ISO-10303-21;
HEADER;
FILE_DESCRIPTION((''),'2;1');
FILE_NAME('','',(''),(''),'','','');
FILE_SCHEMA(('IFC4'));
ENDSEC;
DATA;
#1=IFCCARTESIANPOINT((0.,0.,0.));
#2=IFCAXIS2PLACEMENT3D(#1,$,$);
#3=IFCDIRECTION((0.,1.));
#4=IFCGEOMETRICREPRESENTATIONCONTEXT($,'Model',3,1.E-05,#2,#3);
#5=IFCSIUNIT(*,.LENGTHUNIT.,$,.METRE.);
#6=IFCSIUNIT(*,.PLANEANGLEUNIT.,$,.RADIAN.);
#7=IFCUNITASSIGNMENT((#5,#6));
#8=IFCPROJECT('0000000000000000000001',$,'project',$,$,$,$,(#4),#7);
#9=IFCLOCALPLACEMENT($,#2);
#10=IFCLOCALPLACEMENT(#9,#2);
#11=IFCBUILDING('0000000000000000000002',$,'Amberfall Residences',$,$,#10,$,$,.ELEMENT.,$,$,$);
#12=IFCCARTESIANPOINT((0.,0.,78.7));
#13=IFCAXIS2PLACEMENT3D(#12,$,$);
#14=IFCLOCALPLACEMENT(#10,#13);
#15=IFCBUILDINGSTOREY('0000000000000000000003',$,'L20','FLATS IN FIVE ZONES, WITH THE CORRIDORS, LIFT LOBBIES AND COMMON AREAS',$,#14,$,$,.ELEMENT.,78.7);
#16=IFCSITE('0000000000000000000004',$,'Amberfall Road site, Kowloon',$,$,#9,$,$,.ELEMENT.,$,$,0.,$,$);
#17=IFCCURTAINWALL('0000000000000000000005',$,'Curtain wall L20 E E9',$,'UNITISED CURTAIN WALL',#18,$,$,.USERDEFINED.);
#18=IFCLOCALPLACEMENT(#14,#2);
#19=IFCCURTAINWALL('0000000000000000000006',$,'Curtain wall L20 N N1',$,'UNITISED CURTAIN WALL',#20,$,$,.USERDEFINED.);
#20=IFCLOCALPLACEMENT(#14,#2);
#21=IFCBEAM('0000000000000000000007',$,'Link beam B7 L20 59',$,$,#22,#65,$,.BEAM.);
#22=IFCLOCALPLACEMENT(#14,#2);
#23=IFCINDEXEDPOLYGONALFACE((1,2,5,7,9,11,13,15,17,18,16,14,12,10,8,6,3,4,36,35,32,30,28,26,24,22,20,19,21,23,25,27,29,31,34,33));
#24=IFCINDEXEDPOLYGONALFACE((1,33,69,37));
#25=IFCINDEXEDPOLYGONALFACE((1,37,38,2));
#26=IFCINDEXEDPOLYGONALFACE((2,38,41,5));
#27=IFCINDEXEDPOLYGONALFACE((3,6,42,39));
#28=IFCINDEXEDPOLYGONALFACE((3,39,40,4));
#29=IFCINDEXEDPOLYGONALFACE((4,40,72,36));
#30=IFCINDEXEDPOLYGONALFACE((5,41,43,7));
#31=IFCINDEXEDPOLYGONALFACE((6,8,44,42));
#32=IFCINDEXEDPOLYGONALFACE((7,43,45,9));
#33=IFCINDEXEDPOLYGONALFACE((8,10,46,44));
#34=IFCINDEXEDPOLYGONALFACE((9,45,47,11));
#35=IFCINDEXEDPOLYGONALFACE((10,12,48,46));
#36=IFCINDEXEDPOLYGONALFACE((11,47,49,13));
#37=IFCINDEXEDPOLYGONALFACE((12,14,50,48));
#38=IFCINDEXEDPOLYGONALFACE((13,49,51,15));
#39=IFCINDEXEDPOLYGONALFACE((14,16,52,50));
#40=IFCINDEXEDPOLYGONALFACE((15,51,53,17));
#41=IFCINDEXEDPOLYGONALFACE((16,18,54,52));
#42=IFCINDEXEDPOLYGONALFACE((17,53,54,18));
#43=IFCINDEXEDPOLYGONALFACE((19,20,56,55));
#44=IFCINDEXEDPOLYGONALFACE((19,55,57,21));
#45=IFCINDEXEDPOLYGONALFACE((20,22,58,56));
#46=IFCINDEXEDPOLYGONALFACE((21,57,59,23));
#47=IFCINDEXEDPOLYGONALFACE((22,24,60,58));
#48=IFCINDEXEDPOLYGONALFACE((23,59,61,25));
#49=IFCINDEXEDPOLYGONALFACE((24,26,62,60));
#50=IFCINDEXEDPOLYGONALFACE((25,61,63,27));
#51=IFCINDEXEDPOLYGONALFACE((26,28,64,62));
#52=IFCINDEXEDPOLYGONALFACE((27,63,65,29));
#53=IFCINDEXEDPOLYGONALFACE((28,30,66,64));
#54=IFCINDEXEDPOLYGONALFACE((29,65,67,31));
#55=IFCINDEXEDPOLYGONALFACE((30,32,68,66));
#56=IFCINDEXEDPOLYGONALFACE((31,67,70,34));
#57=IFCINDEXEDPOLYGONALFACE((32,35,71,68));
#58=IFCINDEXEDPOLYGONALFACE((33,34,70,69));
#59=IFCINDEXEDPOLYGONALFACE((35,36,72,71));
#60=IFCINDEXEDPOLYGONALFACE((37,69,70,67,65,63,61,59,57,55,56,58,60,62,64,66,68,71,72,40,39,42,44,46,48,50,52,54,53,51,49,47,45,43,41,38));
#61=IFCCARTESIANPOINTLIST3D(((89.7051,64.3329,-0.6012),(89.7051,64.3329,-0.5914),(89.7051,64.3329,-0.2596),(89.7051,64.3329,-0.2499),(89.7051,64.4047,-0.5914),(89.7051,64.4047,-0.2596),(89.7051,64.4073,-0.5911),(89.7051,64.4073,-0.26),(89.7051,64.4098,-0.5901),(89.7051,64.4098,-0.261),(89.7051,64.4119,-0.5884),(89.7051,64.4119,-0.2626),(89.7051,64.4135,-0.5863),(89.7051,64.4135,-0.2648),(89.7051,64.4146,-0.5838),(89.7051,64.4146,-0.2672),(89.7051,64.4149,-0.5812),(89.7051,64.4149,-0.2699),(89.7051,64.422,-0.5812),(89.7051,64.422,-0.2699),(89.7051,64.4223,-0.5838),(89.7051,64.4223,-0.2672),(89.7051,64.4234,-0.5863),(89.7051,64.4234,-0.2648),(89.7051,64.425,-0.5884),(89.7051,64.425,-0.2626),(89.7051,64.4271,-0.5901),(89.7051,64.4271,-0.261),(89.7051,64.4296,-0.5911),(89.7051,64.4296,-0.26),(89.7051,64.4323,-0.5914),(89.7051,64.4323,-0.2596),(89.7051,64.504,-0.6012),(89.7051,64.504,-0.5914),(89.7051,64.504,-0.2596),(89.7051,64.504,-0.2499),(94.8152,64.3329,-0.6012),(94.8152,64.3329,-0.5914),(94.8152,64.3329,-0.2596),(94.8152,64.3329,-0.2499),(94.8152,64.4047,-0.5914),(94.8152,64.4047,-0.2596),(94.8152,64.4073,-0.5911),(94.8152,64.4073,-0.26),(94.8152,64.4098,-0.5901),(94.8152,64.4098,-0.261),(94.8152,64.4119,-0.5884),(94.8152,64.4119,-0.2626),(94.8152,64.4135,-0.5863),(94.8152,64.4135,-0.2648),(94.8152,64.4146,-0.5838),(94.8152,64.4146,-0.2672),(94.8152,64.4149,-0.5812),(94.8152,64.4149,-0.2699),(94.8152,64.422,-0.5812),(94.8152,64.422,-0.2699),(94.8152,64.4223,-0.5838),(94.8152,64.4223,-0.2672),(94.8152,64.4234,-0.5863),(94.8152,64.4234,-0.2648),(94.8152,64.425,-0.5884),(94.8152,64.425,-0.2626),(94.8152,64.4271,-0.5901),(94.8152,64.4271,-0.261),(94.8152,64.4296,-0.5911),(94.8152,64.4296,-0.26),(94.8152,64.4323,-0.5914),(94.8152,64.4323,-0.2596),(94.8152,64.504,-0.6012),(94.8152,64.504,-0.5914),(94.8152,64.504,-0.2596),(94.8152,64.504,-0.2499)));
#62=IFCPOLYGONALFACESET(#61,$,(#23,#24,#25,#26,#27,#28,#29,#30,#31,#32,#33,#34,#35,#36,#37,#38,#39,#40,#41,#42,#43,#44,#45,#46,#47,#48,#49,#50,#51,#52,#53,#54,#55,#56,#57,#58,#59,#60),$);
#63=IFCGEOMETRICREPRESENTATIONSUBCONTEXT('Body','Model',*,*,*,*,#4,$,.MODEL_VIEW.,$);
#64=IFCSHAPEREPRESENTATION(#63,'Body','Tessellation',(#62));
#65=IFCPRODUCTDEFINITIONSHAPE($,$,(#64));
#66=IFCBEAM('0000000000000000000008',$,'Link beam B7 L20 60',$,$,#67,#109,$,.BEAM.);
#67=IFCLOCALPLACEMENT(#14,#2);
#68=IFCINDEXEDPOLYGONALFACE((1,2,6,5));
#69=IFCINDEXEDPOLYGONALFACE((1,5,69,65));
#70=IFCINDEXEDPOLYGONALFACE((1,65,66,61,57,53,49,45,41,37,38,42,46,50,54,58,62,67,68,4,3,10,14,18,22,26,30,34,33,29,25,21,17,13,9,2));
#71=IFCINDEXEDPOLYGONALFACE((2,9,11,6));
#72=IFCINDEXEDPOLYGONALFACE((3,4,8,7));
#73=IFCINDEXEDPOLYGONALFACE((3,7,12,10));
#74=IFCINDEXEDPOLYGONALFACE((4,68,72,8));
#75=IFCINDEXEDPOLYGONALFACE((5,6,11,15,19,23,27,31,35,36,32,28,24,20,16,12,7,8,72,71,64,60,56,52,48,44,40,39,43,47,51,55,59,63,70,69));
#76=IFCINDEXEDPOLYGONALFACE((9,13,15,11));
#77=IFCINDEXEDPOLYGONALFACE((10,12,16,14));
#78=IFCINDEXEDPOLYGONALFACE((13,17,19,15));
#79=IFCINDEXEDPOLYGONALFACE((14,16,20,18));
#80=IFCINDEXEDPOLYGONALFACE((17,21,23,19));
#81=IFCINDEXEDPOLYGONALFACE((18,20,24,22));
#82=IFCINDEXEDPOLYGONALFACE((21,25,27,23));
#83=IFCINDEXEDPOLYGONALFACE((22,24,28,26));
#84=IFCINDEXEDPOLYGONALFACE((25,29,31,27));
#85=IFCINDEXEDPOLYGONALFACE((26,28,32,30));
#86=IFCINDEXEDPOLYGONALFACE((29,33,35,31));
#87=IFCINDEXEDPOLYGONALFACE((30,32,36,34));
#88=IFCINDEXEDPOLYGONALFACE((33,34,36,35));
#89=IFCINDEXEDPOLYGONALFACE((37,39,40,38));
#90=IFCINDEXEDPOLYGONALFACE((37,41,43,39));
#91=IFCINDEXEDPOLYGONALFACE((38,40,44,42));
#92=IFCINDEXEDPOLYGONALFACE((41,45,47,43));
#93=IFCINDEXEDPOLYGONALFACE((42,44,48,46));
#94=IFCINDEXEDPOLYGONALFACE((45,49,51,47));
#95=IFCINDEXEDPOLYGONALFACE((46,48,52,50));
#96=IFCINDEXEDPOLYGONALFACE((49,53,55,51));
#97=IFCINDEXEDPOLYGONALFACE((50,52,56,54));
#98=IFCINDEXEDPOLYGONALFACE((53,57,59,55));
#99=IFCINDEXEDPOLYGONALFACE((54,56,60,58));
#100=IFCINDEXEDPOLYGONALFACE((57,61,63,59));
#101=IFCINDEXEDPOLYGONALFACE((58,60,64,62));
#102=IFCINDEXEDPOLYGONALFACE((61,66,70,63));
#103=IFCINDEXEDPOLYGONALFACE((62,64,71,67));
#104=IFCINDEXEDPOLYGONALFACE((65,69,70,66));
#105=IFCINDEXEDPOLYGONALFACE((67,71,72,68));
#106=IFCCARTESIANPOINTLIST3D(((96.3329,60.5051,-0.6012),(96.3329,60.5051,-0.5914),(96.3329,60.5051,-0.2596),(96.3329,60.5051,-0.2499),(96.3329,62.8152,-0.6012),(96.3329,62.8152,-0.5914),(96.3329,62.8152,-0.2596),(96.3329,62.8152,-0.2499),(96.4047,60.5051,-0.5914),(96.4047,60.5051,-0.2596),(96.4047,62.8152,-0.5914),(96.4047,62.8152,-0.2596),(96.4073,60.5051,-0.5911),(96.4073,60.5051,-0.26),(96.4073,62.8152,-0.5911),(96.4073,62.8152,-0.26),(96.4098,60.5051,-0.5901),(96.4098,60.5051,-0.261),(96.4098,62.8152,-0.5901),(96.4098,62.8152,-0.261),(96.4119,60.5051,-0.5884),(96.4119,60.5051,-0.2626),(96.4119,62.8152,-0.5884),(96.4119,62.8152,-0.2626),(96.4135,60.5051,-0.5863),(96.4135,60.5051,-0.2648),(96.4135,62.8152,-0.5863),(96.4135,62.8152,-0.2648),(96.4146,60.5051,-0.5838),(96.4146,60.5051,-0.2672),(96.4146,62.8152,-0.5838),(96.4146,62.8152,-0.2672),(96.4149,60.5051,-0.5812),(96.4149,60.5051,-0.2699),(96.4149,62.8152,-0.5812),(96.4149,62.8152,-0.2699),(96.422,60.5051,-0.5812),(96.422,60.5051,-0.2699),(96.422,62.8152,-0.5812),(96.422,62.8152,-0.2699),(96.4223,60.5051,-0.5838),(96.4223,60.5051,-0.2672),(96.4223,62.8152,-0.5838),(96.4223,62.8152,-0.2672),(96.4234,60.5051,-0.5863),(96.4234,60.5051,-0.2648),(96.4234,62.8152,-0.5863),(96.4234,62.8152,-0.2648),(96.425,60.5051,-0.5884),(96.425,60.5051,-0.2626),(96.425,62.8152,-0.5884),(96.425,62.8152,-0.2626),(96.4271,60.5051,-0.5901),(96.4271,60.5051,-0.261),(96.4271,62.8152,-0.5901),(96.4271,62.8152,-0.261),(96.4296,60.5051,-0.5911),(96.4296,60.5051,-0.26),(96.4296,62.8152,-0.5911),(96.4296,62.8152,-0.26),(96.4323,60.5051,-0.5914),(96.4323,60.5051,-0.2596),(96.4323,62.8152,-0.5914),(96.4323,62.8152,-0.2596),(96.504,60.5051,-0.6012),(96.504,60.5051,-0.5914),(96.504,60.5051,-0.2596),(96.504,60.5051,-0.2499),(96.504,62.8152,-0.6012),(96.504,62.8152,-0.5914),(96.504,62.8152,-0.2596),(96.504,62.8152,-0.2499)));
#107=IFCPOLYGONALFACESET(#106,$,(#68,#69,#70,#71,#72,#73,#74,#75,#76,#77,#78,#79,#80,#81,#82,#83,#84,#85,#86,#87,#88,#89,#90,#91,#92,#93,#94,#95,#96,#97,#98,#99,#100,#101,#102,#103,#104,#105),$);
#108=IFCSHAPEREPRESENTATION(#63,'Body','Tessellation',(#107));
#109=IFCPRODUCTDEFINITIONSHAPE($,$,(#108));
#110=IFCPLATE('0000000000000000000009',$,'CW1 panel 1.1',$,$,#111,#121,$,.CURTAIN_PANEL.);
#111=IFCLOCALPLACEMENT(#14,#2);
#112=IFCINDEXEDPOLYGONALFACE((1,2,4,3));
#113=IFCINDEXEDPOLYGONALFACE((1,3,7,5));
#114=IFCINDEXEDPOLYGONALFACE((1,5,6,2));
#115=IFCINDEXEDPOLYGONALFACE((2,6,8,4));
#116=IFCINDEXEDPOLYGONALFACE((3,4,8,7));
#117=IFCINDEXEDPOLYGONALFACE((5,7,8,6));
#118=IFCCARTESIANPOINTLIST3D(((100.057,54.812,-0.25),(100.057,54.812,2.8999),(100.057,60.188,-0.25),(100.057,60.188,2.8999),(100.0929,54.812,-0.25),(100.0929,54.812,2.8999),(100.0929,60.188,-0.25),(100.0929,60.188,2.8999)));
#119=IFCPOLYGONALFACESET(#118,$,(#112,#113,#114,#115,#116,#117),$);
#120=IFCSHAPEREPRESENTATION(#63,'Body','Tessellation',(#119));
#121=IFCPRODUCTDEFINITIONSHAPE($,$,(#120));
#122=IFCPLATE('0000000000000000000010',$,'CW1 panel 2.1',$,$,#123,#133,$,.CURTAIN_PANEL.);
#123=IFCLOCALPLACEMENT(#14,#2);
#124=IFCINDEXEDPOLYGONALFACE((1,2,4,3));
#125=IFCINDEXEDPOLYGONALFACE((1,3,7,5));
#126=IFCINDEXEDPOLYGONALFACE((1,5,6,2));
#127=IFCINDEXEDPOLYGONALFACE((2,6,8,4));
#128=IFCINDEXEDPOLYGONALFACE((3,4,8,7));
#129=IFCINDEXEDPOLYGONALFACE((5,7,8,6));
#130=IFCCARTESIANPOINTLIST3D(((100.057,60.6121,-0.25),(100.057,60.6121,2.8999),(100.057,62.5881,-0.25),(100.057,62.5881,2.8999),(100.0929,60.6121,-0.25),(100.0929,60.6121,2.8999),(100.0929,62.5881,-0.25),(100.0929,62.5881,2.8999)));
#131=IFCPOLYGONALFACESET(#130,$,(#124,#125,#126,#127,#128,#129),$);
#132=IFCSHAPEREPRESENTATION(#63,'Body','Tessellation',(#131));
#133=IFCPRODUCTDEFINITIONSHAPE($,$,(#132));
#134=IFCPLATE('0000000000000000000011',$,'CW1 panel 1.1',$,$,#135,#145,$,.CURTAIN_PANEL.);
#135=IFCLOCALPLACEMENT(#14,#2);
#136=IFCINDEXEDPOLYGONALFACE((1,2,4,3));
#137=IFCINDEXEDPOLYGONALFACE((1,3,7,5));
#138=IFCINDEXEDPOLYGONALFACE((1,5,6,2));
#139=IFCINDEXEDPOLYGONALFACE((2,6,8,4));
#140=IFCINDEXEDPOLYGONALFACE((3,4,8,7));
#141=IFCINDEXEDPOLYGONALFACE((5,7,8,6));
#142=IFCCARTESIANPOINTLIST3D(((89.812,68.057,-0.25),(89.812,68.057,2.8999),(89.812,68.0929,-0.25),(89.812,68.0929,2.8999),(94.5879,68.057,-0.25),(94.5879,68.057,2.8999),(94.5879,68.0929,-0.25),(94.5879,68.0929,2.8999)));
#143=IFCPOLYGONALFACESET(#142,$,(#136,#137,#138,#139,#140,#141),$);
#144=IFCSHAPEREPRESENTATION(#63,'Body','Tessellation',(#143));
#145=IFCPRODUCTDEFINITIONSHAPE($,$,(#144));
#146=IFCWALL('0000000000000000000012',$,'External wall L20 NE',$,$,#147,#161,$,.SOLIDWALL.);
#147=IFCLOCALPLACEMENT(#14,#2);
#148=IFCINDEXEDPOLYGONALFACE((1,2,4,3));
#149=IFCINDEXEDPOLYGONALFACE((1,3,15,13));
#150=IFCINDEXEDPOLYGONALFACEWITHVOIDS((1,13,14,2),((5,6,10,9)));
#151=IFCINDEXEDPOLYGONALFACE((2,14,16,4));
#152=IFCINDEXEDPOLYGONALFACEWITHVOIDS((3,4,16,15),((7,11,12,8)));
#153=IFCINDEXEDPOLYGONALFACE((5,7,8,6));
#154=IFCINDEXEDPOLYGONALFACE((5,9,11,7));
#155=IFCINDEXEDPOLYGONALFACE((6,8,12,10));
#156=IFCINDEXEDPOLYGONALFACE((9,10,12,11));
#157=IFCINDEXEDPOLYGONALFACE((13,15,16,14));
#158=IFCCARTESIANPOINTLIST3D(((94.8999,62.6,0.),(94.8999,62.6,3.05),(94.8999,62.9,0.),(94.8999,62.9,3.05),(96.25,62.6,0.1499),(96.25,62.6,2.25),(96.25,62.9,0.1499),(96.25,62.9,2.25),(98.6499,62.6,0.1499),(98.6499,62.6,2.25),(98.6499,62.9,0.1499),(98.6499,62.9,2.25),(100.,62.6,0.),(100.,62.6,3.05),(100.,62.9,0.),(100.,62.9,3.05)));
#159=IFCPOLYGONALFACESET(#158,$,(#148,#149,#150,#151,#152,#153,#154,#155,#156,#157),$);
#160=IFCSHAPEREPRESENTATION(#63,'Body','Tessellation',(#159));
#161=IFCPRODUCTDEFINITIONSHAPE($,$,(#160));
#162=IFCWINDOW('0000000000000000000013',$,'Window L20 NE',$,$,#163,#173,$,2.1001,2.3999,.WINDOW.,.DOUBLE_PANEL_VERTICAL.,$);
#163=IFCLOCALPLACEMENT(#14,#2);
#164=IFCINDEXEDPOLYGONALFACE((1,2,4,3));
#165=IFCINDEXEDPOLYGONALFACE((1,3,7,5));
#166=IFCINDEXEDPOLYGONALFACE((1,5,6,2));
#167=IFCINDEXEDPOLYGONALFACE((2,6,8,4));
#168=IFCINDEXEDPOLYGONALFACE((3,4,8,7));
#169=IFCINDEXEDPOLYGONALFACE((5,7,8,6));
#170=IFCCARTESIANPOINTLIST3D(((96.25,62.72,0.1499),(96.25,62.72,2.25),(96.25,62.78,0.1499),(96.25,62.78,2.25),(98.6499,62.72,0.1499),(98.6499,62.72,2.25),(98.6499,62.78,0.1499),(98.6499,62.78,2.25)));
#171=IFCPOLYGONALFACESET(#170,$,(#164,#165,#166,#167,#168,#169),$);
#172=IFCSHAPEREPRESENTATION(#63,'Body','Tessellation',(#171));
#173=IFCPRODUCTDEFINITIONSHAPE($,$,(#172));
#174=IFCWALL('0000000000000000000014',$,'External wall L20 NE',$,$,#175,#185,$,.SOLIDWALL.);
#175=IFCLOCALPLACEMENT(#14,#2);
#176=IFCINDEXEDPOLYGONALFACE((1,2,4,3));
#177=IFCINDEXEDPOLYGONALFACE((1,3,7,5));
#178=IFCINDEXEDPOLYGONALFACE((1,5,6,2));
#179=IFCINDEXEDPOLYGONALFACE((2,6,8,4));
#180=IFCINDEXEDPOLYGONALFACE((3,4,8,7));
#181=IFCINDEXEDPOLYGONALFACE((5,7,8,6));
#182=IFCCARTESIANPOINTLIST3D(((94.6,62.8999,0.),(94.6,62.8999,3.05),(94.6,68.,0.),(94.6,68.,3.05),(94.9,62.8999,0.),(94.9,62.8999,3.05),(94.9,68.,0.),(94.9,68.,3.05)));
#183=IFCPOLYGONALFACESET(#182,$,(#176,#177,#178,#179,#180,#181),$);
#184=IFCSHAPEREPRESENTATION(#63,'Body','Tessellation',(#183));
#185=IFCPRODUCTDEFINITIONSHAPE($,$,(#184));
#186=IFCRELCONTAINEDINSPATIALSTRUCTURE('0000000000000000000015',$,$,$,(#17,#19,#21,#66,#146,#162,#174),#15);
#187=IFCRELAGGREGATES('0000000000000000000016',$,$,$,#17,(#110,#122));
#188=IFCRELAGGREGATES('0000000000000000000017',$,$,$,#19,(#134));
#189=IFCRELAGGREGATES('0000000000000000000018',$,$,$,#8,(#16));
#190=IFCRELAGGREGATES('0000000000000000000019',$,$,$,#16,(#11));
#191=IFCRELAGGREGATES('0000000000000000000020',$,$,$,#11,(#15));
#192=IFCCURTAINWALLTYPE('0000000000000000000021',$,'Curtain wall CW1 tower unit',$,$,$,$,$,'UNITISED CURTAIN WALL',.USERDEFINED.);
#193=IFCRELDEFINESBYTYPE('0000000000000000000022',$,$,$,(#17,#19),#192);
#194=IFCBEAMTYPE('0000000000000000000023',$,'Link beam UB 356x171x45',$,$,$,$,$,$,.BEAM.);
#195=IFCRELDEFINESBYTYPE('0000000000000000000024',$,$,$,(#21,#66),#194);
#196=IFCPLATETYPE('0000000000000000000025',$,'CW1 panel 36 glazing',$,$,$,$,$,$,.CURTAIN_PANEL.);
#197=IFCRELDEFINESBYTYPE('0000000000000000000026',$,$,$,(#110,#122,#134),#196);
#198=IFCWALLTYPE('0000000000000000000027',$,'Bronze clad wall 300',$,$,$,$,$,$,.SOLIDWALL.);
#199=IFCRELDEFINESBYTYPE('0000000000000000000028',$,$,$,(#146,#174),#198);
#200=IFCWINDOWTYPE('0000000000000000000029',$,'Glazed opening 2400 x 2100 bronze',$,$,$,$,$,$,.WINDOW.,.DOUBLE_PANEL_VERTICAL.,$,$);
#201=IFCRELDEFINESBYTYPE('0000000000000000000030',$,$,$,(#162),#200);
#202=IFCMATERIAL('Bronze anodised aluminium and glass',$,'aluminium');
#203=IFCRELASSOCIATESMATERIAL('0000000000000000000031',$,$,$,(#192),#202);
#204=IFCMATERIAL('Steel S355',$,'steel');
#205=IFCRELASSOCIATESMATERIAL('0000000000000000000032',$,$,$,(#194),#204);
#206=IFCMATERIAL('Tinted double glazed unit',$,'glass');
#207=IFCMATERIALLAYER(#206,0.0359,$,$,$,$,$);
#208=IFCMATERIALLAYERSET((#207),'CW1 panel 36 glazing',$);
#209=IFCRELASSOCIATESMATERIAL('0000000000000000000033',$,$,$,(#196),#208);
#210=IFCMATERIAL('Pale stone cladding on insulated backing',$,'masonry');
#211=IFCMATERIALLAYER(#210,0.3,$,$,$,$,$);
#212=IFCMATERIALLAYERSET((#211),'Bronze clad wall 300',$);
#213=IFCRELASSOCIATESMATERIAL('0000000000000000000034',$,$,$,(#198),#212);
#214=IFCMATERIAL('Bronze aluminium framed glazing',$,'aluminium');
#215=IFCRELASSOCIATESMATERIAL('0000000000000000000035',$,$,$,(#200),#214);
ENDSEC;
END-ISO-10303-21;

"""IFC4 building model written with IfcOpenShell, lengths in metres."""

from ifc_helpers import new_model, si_unit, direction, frame, frame_2d, origin, origin_2d, place, context, subcontext, project, spatial, rectangle, i_section, extrude, material, layer, layer_set, material_profile, profile_set, type_object, element, fill, aggregate, save


model = new_model("IFC4")

# Units and contexts
model_context = context("Model", 3, precision=1e-05, world=origin(), true_north=direction((0.0, 1.0)))
body_context = subcontext(model_context, "Body", "Model", "MODEL_VIEW")
ifc_project = project(units=[si_unit("LENGTHUNIT", "METRE"), si_unit("PLANEANGLEUNIT", "RADIAN")], contexts=[model_context])

# Site, building, storey
site_placement = place(None, origin())
site = spatial("IfcSite", under=ifc_project, at=site_placement, Name="Amberfall Road site, Kowloon", CompositionType="ELEMENT", RefElevation=0.0)
building_placement = place(site_placement, origin())
building = spatial("IfcBuilding", under=site, at=building_placement, Name="Amberfall Residences", CompositionType="ELEMENT")
storey_placement = place(building_placement, frame((0.0, 0.0, 78.7)))
storey = spatial("IfcBuildingStorey", under=building, at=storey_placement, Name="L20", Description="FLATS IN FIVE ZONES, WITH THE CORRIDORS, LIFT LOBBIES AND COMMON AREAS", CompositionType="ELEMENT", Elevation=78.7)

# Shared definitions
ifc_material_1 = material(Name="Steel S355", Category="steel")

# Curtain walls
ifc_material_2 = material(Name="Bronze anodised aluminium and glass", Category="aluminium")
curtain_wall_type = type_object("IfcCurtainWallType", Name="Curtain wall CW1 tower unit", ElementType="UNITISED CURTAIN WALL", PredefinedType="USERDEFINED", material=ifc_material_2)
curtain_wall_1_placement = place(storey_placement, origin())
curtain_wall_1 = element("IfcCurtainWall", 1, at=curtain_wall_1_placement, inside=storey, type_object=curtain_wall_type, Name="Curtain wall L20 E E9", ObjectType="UNITISED CURTAIN WALL", PredefinedType="USERDEFINED")
curtain_wall_2_placement = place(storey_placement, origin())
curtain_wall_2 = element("IfcCurtainWall", 2, at=curtain_wall_2_placement, inside=storey, type_object=curtain_wall_type, Name="Curtain wall L20 N N1", ObjectType="UNITISED CURTAIN WALL", PredefinedType="USERDEFINED")

# Beams
ifc_material_profile_1 = material_profile(ifc_material_1, i_section(OverallWidth=0.1711, OverallDepth=0.3513, WebThickness=0.0071, FlangeThickness=0.0098, FilletRadius=0.0103, at=origin_2d()), Name="UB 356x171x45")
ifc_profile_set_1 = profile_set([ifc_material_profile_1], Name="Steel S355")
beam_type_1 = type_object("IfcBeamType", Name="Link beam UB 356x171x45", PredefinedType="BEAM", material=ifc_profile_set_1)
beam_1_placement = place(storey_placement, frame((94.8152, 64.4185, -0.4255), z_axis=(-1.0, 0.0, 0.0), x_axis=(0.0, -1.0, 0.0)))
element("IfcBeam", 3, at=beam_1_placement, inside=storey, type_object=beam_type_1, Name="Link beam B7 L20 59", PredefinedType="BEAM", context=body_context, shape_type="SweptSolid", body=[
    extrude(i_section(OverallWidth=0.1711, OverallDepth=0.3513, WebThickness=0.0071, FlangeThickness=0.0098, FilletRadius=0.0103, at=origin_2d()), origin(), (0.0, 0.0, 1.0), 5.1101),
])
beam_2_placement = place(storey_placement, frame((96.4185, 62.8152, -0.4255), z_axis=(0.0, -1.0, 0.0), x_axis=(1.0, 0.0, 0.0)))
element("IfcBeam", 4, at=beam_2_placement, inside=storey, type_object=beam_type_1, Name="Link beam B7 L20 60", PredefinedType="BEAM", context=body_context, shape_type="SweptSolid", body=[
    extrude(i_section(OverallWidth=0.1711, OverallDepth=0.3513, WebThickness=0.0071, FlangeThickness=0.0098, FilletRadius=0.0103, at=origin_2d()), origin(), (0.0, 0.0, 1.0), 2.3101),
])

# Plates
ifc_material_3 = material(Name="Tinted double glazed unit", Category="glass")
ifc_layer_1 = layer(ifc_material_3, 0.0359)
ifc_layer_set_1 = layer_set([ifc_layer_1], Name="CW1 panel 36 glazing")
plate_type = type_object("IfcPlateType", Name="CW1 panel 36 glazing", PredefinedType="CURTAIN_PANEL", material=ifc_layer_set_1)
plate_1_placement = place(storey_placement, frame((100.075, 57.5, -0.25), z_axis=(0.0, 0.0, 1.0), x_axis=(0.0, 1.0, 0.0)))
plate_1 = element("IfcPlate", 5, at=plate_1_placement, type_object=plate_type, Name="CW1 panel 1.1", PredefinedType="CURTAIN_PANEL", context=body_context, shape_type="SweptSolid", body=[
    extrude(rectangle(XDim=5.376, YDim=0.0359, at=origin_2d()), origin(), (0.0, 0.0, 1.0), 3.1499),
])
plate_2_placement = place(storey_placement, frame((100.075, 61.6001, -0.25), z_axis=(0.0, 0.0, 1.0), x_axis=(0.0, 1.0, 0.0)))
plate_2 = element("IfcPlate", 6, at=plate_2_placement, type_object=plate_type, Name="CW1 panel 2.1", PredefinedType="CURTAIN_PANEL", context=body_context, shape_type="SweptSolid", body=[
    extrude(rectangle(XDim=1.9761, YDim=0.0359, at=origin_2d()), origin(), (0.0, 0.0, 1.0), 3.1499),
])
aggregate(curtain_wall_1, [plate_1, plate_2])
plate_3_placement = place(storey_placement, frame((92.2, 68.075, -0.25), z_axis=(0.0, 0.0, 1.0), x_axis=(-1.0, 0.0, 0.0)))
plate_3 = element("IfcPlate", 7, at=plate_3_placement, type_object=plate_type, Name="CW1 panel 1.1", PredefinedType="CURTAIN_PANEL", context=body_context, shape_type="SweptSolid", body=[
    extrude(rectangle(XDim=4.7759, YDim=0.0359, at=origin_2d()), origin(), (0.0, 0.0, 1.0), 3.1499),
])
aggregate(curtain_wall_2, [plate_3])

# Wall, opening, window
ifc_material_4 = material(Name="Pale stone cladding on insulated backing", Category="masonry")
ifc_layer_2 = layer(ifc_material_4, 0.3)
ifc_layer_set_2 = layer_set([ifc_layer_2], Name="Bronze clad wall 300")
wall_type_1 = type_object("IfcWallType", Name="Bronze clad wall 300", PredefinedType="SOLIDWALL", material=ifc_layer_set_2)
wall_1_placement = place(storey_placement, frame((100.0, 62.75, 0.0), z_axis=(0.0, 0.0, 1.0), x_axis=(-1.0, 0.0, 0.0)))
wall_1 = element("IfcWall", 8, at=wall_1_placement, inside=storey, type_object=wall_type_1, Name="External wall L20 NE", PredefinedType="SOLIDWALL", context=body_context, shape_type="SweptSolid", body=[
    extrude(rectangle(XDim=5.1001, YDim=0.3, at=frame_2d((2.55, 0.0))), origin(), (0.0, 0.0, 1.0), 3.05),
])
opening_placement = place(wall_1_placement, frame((1.3501, 0.0, 0.1499)))
opening = element("IfcOpeningElement", 9, at=opening_placement, cuts=wall_1, PredefinedType="OPENING", context=body_context, shape_type="SweptSolid", body=[
    extrude(rectangle(XDim=2.3999, YDim=2.1001, at=frame_2d((1.2, 1.05))), frame((0.0, 0.1599, 0.0), z_axis=(0.0, -1.0, 0.0), x_axis=(1.0, 0.0, 0.0)), (0.0, 0.0, 1.0), 0.3201),
])
ifc_material_5 = material(Name="Bronze aluminium framed glazing", Category="aluminium")
window_type = type_object("IfcWindowType", Name="Glazed opening 2400 x 2100 bronze", PartitioningType="DOUBLE_PANEL_VERTICAL", PredefinedType="WINDOW", material=ifc_material_5)
window_placement = place(opening_placement, origin())
window = element("IfcWindow", 10, at=window_placement, inside=storey, type_object=window_type, Name="Window L20 NE", OverallHeight=2.1001, OverallWidth=2.3999, PartitioningType="DOUBLE_PANEL_VERTICAL", PredefinedType="WINDOW", context=body_context, shape_type="SweptSolid", body=[
    extrude(rectangle(XDim=2.3999, YDim=2.1001, at=frame_2d((1.2, 1.05))), frame((0.0, 0.03, 0.0), z_axis=(0.0, -1.0, 0.0), x_axis=(1.0, 0.0, 0.0)), (0.0, 0.0, 1.0), 0.0601),
])
fill(opening, window)

# Wall
wall_2_placement = place(storey_placement, frame((94.75, 62.8999, 0.0), z_axis=(0.0, 0.0, 1.0), x_axis=(0.0, 1.0, 0.0)))
element("IfcWall", 11, at=wall_2_placement, inside=storey, type_object=wall_type_1, Name="External wall L20 NE", PredefinedType="SOLIDWALL", context=body_context, shape_type="SweptSolid", body=[
    extrude(rectangle(XDim=5.1001, YDim=0.3, at=frame_2d((2.55, 0.0))), origin(), (0.0, 0.0, 1.0), 3.05),
])

save(model, "model.ifc")
